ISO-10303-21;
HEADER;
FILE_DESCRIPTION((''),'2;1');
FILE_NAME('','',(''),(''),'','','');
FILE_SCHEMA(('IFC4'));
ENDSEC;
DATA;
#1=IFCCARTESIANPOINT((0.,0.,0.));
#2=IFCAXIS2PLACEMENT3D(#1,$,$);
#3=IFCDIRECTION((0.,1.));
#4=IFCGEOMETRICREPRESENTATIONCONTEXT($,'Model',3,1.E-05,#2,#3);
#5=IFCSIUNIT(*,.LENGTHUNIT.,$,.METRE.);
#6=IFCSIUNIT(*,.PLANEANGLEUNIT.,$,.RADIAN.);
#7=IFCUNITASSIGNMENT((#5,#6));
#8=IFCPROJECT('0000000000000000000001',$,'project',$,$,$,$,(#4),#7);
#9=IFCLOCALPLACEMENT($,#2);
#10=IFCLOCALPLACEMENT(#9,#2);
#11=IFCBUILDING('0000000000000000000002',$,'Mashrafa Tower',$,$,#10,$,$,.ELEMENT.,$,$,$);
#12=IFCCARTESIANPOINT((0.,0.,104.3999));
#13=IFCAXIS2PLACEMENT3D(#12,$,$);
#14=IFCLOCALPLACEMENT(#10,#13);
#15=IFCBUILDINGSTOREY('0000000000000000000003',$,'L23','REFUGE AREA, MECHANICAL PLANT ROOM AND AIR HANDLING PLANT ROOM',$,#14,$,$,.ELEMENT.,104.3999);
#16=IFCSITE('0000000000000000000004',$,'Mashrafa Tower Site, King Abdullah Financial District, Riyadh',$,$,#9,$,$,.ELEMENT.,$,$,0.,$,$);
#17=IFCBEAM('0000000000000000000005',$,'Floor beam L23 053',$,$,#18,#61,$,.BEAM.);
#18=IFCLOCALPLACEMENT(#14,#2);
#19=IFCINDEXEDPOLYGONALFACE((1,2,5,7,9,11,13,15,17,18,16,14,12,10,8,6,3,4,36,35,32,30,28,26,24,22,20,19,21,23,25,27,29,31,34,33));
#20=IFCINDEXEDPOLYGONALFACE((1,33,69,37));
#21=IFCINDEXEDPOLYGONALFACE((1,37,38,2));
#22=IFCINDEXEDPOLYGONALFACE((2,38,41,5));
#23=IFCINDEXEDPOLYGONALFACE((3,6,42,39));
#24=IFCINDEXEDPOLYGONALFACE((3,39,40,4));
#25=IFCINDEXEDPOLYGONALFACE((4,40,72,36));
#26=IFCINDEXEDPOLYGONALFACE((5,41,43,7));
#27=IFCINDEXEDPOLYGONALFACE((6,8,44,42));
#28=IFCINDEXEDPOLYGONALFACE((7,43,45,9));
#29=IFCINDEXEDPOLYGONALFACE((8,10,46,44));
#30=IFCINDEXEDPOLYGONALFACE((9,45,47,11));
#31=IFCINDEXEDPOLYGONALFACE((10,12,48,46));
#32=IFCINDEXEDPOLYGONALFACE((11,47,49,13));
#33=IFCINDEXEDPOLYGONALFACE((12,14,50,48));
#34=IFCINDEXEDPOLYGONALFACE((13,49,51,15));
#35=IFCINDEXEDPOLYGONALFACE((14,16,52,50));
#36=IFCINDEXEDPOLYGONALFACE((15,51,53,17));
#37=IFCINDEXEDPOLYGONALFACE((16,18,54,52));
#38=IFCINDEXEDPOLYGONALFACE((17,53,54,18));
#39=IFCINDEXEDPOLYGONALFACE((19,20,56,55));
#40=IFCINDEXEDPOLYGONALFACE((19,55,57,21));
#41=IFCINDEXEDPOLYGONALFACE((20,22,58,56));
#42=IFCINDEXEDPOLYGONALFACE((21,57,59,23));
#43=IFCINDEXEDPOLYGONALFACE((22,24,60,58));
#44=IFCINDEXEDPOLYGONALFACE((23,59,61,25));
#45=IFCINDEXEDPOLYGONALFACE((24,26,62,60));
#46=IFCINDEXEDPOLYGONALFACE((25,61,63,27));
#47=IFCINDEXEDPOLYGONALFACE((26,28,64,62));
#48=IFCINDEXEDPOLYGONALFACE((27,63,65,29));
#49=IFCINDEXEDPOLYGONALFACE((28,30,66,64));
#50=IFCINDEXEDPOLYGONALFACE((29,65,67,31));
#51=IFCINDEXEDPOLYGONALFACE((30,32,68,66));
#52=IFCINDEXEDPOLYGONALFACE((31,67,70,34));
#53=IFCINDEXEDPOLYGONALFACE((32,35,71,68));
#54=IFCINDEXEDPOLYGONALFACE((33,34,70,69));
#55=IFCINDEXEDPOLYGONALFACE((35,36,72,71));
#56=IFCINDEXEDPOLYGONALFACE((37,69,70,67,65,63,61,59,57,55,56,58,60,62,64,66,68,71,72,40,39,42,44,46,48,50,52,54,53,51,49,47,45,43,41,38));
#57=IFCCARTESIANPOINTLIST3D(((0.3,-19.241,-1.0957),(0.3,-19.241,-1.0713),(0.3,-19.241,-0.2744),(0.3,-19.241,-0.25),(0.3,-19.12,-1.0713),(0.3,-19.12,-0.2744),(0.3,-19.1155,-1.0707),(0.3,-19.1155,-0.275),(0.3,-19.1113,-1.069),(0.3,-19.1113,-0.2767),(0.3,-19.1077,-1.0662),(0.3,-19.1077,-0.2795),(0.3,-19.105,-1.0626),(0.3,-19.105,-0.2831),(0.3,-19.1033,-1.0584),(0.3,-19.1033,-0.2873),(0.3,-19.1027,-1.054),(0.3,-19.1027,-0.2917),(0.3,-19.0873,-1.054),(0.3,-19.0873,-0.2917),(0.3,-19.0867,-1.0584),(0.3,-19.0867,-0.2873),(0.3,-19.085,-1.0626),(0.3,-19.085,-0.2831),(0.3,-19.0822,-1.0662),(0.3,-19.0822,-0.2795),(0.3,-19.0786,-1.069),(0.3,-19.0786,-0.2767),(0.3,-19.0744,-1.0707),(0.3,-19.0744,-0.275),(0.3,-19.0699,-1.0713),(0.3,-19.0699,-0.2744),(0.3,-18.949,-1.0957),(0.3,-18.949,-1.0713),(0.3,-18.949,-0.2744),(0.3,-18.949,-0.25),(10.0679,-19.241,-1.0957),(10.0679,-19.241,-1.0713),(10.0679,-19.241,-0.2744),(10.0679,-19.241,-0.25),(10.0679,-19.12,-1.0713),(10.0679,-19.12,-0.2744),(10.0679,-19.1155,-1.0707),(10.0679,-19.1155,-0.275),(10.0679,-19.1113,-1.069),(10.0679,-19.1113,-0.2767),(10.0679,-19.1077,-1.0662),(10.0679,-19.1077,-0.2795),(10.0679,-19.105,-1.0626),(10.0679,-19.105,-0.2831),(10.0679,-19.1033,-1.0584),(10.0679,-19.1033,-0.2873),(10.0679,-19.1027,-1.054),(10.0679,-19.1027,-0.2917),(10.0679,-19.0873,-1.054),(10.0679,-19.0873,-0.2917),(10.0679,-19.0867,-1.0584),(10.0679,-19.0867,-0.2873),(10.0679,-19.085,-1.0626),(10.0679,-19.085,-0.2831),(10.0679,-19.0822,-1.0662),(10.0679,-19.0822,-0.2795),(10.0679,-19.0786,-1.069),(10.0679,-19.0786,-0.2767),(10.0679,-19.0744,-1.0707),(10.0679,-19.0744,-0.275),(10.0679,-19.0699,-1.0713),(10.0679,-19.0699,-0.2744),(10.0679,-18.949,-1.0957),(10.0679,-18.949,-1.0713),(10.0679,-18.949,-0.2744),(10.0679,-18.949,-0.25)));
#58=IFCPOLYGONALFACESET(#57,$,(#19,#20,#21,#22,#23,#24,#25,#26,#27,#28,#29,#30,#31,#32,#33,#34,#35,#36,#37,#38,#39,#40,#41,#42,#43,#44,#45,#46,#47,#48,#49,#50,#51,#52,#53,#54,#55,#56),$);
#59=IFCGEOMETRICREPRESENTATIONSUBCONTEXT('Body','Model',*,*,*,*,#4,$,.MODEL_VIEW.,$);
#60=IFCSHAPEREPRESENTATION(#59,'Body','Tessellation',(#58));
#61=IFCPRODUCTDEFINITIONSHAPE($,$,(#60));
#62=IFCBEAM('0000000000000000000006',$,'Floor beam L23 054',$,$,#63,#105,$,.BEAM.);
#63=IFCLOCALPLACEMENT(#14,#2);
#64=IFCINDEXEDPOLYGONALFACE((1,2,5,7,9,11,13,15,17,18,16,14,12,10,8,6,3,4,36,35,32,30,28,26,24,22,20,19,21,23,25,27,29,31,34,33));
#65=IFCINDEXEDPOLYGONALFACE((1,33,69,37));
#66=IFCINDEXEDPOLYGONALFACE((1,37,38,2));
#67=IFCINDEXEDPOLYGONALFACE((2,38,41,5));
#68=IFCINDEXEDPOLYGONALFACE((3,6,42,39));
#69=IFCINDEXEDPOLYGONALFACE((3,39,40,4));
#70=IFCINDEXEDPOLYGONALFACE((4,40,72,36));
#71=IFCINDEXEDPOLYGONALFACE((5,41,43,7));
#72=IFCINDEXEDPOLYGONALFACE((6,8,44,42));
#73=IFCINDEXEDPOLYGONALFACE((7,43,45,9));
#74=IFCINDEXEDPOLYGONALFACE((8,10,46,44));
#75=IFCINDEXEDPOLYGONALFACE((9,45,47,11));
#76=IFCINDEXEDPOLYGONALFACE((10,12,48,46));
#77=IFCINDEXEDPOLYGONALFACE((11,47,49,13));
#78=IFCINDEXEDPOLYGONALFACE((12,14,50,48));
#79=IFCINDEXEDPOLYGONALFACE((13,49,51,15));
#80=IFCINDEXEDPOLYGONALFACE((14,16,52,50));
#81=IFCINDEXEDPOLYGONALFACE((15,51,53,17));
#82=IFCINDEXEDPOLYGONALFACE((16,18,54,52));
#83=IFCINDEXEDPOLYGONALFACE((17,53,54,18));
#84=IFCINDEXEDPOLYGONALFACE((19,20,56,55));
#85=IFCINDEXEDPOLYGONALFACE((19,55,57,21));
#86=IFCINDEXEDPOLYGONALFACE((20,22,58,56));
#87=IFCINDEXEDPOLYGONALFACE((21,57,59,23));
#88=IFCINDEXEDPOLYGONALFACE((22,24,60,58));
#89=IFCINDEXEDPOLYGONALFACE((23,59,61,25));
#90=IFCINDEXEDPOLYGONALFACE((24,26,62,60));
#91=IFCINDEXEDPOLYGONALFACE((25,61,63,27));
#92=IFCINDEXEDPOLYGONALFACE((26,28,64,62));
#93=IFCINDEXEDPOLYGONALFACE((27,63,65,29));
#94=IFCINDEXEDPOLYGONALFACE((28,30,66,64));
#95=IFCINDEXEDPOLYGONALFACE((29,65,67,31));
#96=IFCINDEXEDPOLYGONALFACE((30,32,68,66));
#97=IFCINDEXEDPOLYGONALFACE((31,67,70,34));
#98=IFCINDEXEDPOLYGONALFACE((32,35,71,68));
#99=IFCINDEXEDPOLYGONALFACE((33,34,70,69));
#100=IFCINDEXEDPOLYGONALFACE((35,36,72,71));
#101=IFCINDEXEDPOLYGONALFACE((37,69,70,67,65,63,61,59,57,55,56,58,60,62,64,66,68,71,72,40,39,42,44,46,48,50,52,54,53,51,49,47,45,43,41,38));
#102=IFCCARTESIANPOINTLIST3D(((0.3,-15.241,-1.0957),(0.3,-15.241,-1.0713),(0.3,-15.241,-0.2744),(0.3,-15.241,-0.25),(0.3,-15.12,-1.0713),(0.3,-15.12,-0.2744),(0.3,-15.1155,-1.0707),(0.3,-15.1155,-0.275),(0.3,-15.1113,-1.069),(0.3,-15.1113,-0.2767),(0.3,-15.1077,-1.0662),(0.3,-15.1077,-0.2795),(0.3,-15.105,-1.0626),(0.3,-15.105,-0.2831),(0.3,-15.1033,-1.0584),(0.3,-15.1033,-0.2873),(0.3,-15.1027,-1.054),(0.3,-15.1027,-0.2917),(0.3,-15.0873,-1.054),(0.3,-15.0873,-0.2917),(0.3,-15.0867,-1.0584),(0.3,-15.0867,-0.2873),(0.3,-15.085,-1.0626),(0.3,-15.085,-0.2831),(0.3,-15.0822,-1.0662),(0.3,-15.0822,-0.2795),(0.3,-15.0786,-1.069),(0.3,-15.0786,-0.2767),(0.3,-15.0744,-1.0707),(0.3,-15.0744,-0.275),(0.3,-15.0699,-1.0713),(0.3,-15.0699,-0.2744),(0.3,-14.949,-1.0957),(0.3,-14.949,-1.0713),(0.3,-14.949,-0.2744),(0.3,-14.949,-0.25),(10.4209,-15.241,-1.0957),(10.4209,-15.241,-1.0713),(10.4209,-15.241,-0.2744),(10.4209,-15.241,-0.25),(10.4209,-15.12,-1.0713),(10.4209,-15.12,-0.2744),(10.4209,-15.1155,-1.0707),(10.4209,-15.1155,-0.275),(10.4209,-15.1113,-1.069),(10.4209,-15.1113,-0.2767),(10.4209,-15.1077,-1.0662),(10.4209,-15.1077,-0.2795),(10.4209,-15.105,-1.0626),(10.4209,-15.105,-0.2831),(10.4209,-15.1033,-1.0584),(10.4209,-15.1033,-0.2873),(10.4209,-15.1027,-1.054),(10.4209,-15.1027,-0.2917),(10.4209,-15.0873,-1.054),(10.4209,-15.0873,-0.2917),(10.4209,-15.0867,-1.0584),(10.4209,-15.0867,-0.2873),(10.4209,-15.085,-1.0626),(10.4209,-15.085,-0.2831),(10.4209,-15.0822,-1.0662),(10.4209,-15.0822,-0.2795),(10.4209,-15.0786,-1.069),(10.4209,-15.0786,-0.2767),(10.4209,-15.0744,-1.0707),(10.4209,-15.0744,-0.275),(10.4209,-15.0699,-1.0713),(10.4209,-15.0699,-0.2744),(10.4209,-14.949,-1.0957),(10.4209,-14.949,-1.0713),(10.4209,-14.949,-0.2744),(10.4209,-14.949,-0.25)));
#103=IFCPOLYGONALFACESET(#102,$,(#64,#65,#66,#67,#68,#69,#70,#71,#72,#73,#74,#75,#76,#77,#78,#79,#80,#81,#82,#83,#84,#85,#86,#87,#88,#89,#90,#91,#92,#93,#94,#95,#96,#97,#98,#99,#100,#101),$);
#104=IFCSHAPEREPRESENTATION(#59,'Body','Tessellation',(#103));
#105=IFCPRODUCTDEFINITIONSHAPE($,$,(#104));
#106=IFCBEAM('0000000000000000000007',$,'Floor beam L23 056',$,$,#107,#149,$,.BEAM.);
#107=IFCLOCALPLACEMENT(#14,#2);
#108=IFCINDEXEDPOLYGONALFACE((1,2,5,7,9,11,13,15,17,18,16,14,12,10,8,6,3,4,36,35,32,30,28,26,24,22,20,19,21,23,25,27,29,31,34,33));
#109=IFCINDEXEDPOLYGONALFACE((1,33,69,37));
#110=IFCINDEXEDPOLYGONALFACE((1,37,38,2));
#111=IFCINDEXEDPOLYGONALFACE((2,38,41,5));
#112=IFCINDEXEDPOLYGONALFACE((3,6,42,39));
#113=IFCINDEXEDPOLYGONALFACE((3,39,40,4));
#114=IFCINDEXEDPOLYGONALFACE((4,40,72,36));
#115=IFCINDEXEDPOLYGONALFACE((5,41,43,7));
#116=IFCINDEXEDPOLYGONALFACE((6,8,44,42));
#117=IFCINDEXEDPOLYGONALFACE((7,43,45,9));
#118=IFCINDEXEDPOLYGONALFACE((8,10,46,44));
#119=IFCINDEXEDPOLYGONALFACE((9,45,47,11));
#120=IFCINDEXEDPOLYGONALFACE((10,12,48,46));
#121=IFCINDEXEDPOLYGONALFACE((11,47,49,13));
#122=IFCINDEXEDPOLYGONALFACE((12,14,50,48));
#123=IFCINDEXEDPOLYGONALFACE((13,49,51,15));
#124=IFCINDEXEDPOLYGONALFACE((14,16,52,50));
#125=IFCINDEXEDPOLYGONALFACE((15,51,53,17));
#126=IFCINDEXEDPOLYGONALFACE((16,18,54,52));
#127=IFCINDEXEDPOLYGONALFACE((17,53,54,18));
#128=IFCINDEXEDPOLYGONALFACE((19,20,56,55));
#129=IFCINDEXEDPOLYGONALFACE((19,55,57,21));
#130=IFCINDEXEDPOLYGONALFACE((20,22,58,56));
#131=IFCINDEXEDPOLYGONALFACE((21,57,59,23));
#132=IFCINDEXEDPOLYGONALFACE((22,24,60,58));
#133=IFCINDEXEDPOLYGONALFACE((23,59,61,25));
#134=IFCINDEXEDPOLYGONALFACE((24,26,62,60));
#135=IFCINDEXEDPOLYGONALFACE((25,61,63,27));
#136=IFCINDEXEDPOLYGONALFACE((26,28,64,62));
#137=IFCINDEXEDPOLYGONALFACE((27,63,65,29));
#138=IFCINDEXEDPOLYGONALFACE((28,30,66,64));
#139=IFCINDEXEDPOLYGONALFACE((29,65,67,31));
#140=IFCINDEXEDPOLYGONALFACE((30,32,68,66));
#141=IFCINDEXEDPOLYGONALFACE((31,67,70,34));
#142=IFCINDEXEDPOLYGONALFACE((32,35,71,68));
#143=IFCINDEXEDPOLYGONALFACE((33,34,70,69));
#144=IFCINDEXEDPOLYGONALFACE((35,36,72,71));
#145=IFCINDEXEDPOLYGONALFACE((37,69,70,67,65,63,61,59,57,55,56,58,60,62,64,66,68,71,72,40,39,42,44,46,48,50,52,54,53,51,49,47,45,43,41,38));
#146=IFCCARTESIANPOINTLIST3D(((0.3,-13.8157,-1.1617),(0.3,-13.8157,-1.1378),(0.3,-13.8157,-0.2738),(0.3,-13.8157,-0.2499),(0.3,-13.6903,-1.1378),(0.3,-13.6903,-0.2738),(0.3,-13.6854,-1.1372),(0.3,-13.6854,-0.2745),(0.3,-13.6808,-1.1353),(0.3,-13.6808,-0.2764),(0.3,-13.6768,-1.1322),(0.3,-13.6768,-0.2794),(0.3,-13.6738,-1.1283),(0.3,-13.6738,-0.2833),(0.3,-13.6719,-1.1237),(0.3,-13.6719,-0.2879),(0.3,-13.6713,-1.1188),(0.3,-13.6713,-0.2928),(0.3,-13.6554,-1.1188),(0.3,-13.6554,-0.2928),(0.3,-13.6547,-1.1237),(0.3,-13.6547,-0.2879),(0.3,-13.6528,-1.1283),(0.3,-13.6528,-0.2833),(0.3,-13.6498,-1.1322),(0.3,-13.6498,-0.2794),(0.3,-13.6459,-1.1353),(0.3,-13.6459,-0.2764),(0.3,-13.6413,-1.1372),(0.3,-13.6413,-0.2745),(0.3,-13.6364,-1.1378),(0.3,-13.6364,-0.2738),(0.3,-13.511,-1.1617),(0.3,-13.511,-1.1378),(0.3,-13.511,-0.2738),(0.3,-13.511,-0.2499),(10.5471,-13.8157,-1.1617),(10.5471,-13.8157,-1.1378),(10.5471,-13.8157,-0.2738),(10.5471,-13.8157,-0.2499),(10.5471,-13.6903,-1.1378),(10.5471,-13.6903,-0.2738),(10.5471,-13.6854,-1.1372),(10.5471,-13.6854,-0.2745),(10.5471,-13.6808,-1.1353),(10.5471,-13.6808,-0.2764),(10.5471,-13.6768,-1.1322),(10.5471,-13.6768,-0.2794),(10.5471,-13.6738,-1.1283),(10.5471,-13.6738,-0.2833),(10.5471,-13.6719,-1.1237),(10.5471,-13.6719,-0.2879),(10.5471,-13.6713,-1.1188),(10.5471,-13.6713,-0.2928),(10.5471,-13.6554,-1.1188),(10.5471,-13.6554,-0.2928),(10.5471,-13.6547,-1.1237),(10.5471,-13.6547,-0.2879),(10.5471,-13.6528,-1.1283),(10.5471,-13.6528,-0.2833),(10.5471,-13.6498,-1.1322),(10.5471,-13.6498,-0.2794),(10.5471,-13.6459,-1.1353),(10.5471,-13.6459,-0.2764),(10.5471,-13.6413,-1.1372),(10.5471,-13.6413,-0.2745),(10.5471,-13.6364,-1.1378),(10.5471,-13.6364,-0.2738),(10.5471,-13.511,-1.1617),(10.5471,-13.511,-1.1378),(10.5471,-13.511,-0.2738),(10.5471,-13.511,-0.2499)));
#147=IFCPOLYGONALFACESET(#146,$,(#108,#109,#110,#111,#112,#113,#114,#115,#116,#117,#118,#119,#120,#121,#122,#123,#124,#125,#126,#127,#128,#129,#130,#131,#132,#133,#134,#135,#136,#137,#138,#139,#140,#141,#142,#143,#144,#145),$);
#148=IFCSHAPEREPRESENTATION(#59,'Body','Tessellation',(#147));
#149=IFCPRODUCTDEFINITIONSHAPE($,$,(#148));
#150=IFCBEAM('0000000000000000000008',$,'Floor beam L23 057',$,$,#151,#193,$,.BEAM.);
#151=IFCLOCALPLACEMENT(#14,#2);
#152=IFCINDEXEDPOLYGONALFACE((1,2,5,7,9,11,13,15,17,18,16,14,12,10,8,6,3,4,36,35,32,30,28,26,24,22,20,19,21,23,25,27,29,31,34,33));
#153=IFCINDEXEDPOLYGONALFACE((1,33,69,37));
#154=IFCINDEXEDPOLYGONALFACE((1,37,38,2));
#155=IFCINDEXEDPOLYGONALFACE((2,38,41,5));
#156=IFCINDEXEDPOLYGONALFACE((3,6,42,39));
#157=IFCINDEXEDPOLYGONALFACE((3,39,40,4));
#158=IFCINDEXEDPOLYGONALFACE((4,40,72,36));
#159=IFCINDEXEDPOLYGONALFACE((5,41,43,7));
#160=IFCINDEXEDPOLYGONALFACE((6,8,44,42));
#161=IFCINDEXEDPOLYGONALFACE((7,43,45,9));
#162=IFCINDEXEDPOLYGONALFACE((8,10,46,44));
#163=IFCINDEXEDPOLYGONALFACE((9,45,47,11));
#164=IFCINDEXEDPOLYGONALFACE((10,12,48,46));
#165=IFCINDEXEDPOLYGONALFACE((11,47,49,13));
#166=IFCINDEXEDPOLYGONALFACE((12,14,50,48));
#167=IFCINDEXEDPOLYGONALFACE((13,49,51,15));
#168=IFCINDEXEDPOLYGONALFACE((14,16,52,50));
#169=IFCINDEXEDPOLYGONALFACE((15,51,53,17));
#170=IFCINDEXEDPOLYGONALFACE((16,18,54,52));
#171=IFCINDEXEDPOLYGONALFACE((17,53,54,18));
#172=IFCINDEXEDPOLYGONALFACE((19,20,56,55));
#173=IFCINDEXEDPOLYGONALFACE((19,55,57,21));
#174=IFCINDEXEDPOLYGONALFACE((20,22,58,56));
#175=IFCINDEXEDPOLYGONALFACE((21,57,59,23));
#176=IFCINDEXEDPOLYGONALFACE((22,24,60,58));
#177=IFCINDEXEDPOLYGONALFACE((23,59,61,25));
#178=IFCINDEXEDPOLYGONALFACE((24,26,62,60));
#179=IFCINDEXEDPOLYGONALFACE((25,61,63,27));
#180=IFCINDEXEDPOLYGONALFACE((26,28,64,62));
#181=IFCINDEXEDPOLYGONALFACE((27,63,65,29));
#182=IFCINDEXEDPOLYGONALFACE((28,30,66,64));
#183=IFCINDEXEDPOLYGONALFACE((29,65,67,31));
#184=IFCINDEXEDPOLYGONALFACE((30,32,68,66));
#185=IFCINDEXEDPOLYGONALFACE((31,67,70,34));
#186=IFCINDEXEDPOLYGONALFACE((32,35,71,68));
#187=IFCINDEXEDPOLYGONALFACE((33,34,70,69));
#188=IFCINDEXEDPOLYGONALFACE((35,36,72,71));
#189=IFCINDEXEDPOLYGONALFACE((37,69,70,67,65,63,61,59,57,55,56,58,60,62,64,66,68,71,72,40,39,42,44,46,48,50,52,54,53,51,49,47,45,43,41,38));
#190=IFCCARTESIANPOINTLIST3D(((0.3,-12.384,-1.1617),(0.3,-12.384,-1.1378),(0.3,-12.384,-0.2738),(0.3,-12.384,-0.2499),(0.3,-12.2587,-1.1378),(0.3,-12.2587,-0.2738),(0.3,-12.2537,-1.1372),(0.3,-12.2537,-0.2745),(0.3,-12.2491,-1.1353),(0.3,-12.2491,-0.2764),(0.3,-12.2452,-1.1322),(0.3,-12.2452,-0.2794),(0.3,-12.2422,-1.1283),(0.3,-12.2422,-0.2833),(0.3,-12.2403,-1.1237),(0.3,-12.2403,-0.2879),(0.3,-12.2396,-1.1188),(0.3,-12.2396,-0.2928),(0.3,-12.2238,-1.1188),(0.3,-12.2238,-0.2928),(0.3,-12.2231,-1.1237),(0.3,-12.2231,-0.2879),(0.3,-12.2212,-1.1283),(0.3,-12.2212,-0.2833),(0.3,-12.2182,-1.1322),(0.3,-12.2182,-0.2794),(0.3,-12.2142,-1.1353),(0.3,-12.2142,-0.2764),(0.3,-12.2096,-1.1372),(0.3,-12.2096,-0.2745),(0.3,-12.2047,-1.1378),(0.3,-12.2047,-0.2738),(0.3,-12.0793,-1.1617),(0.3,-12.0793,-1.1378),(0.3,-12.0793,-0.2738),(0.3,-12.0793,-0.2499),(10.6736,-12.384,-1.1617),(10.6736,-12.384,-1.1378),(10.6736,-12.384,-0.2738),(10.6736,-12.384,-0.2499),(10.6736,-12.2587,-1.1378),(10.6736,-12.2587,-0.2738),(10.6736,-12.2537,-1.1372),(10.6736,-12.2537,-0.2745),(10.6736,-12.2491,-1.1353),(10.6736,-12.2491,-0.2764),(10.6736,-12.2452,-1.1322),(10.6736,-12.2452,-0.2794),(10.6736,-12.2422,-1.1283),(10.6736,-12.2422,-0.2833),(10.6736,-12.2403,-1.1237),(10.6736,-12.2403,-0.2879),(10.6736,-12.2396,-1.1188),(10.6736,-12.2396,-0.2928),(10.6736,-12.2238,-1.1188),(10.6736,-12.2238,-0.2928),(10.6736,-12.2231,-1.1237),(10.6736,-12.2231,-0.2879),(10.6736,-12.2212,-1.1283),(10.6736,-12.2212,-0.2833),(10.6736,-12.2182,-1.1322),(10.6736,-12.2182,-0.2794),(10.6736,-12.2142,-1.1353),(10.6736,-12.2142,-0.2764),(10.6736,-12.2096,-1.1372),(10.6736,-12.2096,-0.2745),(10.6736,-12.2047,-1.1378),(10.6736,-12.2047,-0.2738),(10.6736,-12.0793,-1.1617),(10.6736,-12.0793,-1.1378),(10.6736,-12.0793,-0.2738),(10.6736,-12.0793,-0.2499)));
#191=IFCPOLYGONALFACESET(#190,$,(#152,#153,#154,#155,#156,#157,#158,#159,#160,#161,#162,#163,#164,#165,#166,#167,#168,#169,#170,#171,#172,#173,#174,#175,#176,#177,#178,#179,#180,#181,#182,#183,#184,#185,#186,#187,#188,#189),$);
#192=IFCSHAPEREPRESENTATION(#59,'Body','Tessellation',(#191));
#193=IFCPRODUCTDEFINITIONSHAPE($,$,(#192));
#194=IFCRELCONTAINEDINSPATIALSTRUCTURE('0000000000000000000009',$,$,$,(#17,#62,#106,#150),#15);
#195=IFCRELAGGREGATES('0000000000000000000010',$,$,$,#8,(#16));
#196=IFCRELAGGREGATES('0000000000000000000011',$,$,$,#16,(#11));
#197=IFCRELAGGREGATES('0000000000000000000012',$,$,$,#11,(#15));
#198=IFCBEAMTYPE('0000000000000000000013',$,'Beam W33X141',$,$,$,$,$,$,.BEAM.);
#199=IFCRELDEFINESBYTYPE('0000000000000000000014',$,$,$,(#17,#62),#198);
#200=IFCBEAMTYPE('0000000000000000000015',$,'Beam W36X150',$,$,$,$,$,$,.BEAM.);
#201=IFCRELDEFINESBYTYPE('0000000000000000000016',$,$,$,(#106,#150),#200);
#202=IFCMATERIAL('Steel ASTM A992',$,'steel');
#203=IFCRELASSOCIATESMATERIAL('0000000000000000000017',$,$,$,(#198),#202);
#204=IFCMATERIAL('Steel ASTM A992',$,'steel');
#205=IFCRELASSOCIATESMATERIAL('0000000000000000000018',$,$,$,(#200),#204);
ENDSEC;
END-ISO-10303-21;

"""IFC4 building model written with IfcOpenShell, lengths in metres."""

from ifc_helpers import new_model, si_unit, direction, frame, origin, origin_2d, place, context, subcontext, project, spatial, i_section, extrude, material, material_profile, profile_set, type_object, element, save


model = new_model("IFC4")

# Units and contexts
model_context = context("Model", 3, precision=1e-05, world=origin(), true_north=direction((0.0, 1.0)))
body_context = subcontext(model_context, "Body", "Model", "MODEL_VIEW")
ifc_project = project(units=[si_unit("LENGTHUNIT", "METRE"), si_unit("PLANEANGLEUNIT", "RADIAN")], contexts=[model_context])

# Site, building, storey
site_placement = place(None, origin())
site = spatial("IfcSite", under=ifc_project, at=site_placement, Name="Mashrafa Tower Site, King Abdullah Financial District, Riyadh", CompositionType="ELEMENT", RefElevation=0.0)
building_placement = place(site_placement, origin())
building = spatial("IfcBuilding", under=site, at=building_placement, Name="Mashrafa Tower", CompositionType="ELEMENT")
storey_placement = place(building_placement, frame((0.0, 0.0, 104.3999)))
storey = spatial("IfcBuildingStorey", under=building, at=storey_placement, Name="L23", Description="REFUGE AREA, MECHANICAL PLANT ROOM AND AIR HANDLING PLANT ROOM", CompositionType="ELEMENT", Elevation=104.3999)

# Beams
ifc_material_1 = material(Name="Steel ASTM A992", Category="steel")
ifc_material_profile_1 = material_profile(ifc_material_1, i_section(OverallWidth=0.292, OverallDepth=0.8457, WebThickness=0.0154, FlangeThickness=0.0244, FilletRadius=0.0173, at=origin_2d()), Name="W33X141")
ifc_profile_set_1 = profile_set([ifc_material_profile_1], Name="Steel ASTM A992")
beam_type_1 = type_object("IfcBeamType", Name="Beam W33X141", PredefinedType="BEAM", material=ifc_profile_set_1)
beam_1_placement = place(storey_placement, frame((10.0679, -19.095, -0.6729), z_axis=(-1.0, 0.0, 0.0), x_axis=(0.0, -1.0, 0.0)))
element("IfcBeam", 1, at=beam_1_placement, inside=storey, type_object=beam_type_1, Name="Floor beam L23 053", PredefinedType="BEAM", context=body_context, shape_type="SweptSolid", body=[
    extrude(i_section(OverallWidth=0.292, OverallDepth=0.8457, WebThickness=0.0154, FlangeThickness=0.0244, FilletRadius=0.0173, at=origin_2d()), origin(), (0.0, 0.0, 1.0), 9.7678),
])
beam_2_placement = place(storey_placement, frame((10.4209, -15.095, -0.6729), z_axis=(-1.0, 0.0, 0.0), x_axis=(0.0, -1.0, 0.0)))
element("IfcBeam", 2, at=beam_2_placement, inside=storey, type_object=beam_type_1, Name="Floor beam L23 054", PredefinedType="BEAM", context=body_context, shape_type="SweptSolid", body=[
    extrude(i_section(OverallWidth=0.292, OverallDepth=0.8457, WebThickness=0.0154, FlangeThickness=0.0244, FilletRadius=0.0173, at=origin_2d()), origin(), (0.0, 0.0, 1.0), 10.1208),
])
ifc_material_2 = material(Name="Steel ASTM A992", Category="steel")
ifc_material_profile_2 = material_profile(ifc_material_2, i_section(OverallWidth=0.3047, OverallDepth=0.9119, WebThickness=0.0159, FlangeThickness=0.0239, FilletRadius=0.019, at=origin_2d()), Name="W36X150")
ifc_profile_set_2 = profile_set([ifc_material_profile_2], Name="Steel ASTM A992")
beam_type_2 = type_object("IfcBeamType", Name="Beam W36X150", PredefinedType="BEAM", material=ifc_profile_set_2)
beam_3_placement = place(storey_placement, frame((10.5471, -13.6633, -0.7058), z_axis=(-1.0, 0.0, 0.0), x_axis=(0.0, -1.0, 0.0)))
element("IfcBeam", 3, at=beam_3_placement, inside=storey, type_object=beam_type_2, Name="Floor beam L23 056", PredefinedType="BEAM", context=body_context, shape_type="SweptSolid", body=[
    extrude(i_section(OverallWidth=0.3047, OverallDepth=0.9119, WebThickness=0.0159, FlangeThickness=0.0239, FilletRadius=0.019, at=origin_2d()), origin(), (0.0, 0.0, 1.0), 10.2471),
])
beam_4_placement = place(storey_placement, frame((10.6736, -12.2317, -0.7058), z_axis=(-1.0, 0.0, 0.0), x_axis=(0.0, -1.0, 0.0)))
element("IfcBeam", 4, at=beam_4_placement, inside=storey, type_object=beam_type_2, Name="Floor beam L23 057", PredefinedType="BEAM", context=body_context, shape_type="SweptSolid", body=[
    extrude(i_section(OverallWidth=0.3047, OverallDepth=0.9119, WebThickness=0.0159, FlangeThickness=0.0239, FilletRadius=0.019, at=origin_2d()), origin(), (0.0, 0.0, 1.0), 10.3735),
])

save(model, "model.ifc")
